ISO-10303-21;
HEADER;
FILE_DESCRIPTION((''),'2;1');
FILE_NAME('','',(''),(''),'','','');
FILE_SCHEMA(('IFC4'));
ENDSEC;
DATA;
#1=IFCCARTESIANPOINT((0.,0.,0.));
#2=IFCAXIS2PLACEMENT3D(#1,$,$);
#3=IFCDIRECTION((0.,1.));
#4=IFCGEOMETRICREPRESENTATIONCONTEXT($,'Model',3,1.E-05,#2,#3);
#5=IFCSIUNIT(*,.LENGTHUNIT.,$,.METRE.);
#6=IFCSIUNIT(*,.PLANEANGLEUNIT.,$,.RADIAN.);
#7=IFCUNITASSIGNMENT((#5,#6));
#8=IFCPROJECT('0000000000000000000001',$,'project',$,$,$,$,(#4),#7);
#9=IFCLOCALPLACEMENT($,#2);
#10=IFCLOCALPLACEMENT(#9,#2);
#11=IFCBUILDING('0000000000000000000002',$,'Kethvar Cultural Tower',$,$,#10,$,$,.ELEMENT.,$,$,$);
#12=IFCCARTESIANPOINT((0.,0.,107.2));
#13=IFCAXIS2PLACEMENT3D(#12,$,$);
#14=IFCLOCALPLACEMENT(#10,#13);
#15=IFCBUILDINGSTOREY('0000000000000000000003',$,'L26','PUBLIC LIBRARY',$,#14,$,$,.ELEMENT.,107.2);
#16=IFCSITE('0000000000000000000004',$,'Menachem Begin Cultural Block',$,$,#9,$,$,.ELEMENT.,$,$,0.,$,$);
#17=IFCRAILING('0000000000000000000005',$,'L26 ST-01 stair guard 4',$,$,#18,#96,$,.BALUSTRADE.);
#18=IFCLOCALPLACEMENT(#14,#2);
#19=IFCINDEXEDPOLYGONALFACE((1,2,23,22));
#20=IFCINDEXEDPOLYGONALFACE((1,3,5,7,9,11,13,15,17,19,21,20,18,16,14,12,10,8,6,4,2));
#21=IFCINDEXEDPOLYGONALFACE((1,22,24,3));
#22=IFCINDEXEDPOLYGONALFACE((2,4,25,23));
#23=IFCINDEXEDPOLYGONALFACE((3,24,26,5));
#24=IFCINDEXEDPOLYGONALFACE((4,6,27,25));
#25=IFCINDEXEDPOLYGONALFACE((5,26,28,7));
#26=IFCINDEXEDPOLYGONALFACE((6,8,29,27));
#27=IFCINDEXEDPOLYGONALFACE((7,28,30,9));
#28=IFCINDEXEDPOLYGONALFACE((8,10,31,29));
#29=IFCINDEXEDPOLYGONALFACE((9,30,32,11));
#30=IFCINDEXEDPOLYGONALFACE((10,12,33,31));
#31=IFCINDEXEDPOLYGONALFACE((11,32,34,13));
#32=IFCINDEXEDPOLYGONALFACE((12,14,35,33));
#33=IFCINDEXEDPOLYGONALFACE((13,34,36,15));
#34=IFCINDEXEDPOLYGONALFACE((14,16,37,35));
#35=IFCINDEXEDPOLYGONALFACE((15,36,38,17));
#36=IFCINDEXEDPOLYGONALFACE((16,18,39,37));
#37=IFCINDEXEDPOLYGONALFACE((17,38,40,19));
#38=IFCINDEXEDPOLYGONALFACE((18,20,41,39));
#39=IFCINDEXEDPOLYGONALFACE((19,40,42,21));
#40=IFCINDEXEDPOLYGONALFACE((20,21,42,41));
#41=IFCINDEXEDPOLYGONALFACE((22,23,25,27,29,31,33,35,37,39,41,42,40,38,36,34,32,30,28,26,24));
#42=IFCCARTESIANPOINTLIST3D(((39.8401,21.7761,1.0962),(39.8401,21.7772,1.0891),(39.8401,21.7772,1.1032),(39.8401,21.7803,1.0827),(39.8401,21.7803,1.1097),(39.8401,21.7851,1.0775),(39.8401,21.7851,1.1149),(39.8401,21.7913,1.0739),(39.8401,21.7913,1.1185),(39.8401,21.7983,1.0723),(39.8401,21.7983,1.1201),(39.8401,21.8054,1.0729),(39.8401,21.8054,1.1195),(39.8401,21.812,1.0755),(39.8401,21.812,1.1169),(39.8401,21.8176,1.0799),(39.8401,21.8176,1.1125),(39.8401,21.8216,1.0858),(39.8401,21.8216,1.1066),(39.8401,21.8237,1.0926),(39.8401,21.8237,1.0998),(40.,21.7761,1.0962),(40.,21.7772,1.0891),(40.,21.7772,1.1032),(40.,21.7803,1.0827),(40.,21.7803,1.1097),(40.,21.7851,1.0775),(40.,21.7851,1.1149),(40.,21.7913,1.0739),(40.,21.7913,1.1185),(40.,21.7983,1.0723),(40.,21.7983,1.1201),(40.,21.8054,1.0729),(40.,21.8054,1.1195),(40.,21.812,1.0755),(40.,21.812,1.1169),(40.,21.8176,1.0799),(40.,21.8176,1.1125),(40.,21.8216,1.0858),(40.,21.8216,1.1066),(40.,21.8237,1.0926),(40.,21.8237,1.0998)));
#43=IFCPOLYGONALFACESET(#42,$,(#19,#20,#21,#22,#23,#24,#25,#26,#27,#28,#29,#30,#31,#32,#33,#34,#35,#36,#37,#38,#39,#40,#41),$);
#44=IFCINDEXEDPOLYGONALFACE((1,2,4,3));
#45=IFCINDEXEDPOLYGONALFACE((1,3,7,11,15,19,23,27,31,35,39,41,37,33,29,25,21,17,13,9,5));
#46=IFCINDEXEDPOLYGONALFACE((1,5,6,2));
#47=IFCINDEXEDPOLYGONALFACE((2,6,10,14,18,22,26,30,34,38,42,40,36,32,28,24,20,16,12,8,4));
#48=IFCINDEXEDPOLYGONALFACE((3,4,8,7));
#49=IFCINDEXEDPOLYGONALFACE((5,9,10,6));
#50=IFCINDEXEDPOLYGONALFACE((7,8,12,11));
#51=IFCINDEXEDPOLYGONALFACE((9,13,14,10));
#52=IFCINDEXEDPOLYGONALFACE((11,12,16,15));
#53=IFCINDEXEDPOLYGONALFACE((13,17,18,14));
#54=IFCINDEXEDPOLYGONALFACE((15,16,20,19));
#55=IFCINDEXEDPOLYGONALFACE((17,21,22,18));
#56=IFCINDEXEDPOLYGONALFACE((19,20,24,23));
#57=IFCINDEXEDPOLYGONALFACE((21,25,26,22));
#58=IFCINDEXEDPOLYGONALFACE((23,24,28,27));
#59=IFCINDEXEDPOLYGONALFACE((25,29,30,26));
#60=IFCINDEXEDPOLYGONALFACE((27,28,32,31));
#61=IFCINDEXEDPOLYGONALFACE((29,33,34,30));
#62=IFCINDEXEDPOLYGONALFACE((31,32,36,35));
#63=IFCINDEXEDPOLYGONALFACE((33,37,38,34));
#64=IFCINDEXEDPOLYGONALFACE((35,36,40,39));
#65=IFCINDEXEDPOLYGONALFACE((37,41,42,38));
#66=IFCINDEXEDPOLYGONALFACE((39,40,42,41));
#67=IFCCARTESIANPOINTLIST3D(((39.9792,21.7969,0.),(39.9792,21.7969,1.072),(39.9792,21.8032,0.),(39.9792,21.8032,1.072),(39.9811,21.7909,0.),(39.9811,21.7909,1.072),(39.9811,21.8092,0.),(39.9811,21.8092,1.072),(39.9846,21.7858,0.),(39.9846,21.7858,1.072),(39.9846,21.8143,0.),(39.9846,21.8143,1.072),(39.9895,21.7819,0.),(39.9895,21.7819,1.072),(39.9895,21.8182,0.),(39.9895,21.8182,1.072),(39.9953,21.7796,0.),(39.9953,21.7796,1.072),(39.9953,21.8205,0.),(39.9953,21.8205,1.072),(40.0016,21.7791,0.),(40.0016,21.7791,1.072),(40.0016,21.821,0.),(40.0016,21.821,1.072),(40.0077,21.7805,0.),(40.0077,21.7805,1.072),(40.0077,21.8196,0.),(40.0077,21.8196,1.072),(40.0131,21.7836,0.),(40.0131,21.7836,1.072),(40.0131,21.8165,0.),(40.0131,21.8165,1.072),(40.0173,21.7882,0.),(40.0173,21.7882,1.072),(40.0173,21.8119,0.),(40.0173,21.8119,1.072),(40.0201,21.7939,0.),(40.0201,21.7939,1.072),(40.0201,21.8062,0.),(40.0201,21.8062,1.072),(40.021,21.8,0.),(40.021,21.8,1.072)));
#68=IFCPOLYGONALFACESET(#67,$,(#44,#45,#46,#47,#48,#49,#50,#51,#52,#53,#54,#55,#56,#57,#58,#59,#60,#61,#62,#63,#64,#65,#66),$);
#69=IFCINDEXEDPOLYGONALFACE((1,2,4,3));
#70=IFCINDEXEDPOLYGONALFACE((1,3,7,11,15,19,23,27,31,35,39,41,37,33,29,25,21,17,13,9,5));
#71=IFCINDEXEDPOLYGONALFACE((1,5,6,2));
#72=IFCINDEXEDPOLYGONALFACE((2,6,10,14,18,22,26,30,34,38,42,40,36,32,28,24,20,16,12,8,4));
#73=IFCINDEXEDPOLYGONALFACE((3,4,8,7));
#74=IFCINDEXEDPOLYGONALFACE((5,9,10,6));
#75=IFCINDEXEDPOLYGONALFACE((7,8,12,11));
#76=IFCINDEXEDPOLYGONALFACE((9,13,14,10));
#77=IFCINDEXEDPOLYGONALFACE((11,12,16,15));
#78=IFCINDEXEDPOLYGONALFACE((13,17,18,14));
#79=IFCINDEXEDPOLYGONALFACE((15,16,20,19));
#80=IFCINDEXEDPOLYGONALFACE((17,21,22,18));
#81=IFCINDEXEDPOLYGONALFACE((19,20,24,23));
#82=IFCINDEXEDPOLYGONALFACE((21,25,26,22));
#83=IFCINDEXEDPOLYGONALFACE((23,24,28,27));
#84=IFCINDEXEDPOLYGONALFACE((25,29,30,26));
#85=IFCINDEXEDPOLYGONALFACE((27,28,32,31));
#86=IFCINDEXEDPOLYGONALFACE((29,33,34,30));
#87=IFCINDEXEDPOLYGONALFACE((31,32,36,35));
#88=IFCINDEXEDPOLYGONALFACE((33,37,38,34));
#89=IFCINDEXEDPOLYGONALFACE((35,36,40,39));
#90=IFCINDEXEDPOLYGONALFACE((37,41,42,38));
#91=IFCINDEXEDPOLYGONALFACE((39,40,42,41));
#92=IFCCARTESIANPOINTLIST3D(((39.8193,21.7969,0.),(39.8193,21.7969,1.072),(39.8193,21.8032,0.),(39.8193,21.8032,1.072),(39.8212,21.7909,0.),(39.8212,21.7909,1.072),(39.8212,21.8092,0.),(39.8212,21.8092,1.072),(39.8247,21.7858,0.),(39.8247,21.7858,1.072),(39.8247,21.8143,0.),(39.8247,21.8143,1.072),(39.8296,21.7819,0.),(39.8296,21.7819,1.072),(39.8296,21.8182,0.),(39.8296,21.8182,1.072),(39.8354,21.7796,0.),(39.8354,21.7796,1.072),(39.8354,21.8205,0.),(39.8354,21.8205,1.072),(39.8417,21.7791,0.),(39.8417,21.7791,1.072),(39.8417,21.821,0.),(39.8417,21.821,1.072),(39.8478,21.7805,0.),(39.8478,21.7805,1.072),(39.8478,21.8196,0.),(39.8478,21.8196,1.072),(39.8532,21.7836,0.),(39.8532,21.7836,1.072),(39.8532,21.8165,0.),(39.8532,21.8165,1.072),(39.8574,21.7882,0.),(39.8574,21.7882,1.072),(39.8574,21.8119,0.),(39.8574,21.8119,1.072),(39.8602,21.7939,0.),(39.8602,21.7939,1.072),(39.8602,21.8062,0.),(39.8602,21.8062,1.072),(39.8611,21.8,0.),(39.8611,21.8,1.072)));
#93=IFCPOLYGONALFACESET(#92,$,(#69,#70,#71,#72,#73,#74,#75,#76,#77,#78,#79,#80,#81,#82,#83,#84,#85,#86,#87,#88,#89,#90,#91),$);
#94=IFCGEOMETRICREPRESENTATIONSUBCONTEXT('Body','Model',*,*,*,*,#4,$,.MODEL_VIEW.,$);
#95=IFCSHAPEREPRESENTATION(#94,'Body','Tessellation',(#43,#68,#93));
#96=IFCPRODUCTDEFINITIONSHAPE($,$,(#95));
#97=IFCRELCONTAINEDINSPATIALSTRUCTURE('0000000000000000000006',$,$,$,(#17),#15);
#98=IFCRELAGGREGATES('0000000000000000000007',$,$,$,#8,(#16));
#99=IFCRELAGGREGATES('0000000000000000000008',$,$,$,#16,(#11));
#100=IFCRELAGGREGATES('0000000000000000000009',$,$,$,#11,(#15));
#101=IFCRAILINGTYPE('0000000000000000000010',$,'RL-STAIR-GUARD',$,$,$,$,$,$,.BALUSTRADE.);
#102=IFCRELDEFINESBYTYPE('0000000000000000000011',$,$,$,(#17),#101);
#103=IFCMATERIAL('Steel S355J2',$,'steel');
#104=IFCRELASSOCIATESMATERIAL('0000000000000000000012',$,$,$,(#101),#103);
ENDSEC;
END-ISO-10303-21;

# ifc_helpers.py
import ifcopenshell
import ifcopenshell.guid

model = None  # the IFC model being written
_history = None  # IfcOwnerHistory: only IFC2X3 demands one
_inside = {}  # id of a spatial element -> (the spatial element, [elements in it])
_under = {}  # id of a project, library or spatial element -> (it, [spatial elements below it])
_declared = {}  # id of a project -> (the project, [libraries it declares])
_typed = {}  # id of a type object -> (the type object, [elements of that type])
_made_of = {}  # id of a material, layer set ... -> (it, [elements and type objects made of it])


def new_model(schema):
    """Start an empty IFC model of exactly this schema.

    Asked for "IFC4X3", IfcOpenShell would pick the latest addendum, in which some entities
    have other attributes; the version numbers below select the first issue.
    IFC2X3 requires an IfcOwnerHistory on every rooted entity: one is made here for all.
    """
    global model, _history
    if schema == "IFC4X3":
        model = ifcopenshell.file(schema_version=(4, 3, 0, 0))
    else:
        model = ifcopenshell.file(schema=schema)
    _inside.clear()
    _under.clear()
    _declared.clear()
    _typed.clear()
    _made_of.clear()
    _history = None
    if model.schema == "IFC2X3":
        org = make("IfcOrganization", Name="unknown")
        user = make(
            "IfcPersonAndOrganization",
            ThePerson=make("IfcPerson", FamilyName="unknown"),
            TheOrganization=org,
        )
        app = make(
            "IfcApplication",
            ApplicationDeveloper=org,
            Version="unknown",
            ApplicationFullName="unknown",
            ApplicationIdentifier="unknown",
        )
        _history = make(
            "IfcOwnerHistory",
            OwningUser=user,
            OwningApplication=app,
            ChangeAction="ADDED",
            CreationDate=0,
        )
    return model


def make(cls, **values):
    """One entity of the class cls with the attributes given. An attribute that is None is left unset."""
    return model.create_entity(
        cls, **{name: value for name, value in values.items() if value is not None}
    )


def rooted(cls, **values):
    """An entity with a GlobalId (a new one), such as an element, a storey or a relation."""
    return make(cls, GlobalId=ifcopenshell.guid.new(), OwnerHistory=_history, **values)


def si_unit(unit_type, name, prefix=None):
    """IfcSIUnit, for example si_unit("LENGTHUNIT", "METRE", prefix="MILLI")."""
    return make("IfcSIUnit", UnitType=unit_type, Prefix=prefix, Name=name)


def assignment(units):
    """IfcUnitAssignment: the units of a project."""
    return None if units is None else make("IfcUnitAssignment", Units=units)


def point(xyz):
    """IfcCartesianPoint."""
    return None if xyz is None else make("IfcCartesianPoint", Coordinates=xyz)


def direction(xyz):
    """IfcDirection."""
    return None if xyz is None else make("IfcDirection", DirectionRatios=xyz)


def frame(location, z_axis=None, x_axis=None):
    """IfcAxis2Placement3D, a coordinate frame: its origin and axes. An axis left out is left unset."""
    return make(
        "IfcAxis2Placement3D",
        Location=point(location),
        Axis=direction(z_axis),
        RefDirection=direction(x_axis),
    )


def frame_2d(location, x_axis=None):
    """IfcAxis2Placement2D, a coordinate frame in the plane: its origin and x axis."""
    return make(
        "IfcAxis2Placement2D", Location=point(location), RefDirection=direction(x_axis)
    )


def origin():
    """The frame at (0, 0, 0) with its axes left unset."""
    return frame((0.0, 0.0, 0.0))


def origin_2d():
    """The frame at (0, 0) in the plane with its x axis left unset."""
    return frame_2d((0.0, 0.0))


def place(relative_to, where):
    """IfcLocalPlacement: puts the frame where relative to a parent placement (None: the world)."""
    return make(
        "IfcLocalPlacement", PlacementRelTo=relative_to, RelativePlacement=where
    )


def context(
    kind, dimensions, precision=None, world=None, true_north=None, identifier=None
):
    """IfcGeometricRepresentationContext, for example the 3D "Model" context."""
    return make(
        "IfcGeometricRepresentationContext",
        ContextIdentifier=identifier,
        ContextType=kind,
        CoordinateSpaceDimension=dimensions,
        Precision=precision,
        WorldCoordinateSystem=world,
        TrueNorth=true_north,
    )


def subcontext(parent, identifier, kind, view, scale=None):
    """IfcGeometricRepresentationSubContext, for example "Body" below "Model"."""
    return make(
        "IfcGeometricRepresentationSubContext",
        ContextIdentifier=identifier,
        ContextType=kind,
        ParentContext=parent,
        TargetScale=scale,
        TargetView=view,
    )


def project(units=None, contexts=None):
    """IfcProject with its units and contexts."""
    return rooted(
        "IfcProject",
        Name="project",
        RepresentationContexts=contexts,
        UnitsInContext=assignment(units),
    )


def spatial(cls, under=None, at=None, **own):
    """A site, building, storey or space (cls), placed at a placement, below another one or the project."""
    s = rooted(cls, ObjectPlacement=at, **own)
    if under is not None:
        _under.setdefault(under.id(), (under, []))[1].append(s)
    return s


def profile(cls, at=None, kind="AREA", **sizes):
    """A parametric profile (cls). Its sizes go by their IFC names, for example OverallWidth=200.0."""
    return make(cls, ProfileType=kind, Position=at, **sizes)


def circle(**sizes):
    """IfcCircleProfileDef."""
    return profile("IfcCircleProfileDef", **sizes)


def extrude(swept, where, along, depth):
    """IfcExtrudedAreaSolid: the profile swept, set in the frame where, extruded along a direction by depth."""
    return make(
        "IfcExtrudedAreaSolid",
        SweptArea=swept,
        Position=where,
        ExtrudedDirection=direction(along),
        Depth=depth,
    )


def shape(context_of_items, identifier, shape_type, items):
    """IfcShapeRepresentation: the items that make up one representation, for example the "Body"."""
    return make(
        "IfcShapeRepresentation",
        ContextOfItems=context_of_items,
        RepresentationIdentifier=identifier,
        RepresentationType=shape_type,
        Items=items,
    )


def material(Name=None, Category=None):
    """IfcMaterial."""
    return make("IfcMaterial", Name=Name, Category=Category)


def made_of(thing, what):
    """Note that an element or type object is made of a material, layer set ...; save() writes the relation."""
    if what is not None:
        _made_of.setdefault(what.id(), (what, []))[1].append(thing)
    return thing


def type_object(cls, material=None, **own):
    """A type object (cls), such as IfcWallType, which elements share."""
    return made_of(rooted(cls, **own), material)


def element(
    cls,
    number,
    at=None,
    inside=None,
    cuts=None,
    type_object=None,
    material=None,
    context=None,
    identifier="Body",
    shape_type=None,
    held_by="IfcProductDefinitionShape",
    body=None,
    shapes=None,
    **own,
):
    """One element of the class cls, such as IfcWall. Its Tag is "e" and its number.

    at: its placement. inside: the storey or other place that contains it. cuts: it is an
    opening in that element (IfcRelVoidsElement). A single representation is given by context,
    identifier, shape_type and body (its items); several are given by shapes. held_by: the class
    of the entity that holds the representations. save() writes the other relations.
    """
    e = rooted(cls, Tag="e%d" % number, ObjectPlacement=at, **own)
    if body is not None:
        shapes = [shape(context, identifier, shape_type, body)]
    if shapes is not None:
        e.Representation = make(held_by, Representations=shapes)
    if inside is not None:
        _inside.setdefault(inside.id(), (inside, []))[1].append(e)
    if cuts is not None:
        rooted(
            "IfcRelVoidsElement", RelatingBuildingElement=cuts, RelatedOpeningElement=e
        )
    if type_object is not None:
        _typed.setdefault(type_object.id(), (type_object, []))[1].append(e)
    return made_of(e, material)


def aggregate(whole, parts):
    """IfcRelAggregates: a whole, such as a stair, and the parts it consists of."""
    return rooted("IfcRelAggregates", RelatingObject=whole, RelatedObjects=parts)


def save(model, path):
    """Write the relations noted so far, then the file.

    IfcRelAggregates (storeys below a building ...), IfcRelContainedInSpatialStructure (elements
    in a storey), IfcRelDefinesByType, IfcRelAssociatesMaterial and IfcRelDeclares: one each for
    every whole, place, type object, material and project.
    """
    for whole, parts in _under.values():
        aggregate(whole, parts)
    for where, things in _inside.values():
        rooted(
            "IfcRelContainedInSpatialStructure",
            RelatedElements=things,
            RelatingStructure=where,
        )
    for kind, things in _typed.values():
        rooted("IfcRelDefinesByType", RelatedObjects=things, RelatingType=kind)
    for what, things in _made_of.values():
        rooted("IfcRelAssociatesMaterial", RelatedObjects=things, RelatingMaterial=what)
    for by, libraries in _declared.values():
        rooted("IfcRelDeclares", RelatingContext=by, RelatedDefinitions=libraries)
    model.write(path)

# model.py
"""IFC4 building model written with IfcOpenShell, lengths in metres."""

from ifc_helpers import new_model, si_unit, direction, frame, origin, origin_2d, place, context, subcontext, project, spatial, circle, extrude, material, type_object, element, save


model = new_model("IFC4")

# Units and contexts
model_context = context("Model", 3, precision=1e-05, world=origin(), true_north=direction((0.0, 1.0)))
body_context = subcontext(model_context, "Body", "Model", "MODEL_VIEW")
ifc_project = project(units=[si_unit("LENGTHUNIT", "METRE"), si_unit("PLANEANGLEUNIT", "RADIAN")], contexts=[model_context])

# Site, building, storey
site_placement = place(None, origin())
site = spatial("IfcSite", under=ifc_project, at=site_placement, Name="Menachem Begin Cultural Block", CompositionType="ELEMENT", RefElevation=0.0)
building_placement = place(site_placement, origin())
building = spatial("IfcBuilding", under=site, at=building_placement, Name="Kethvar Cultural Tower", CompositionType="ELEMENT")
storey_placement = place(building_placement, frame((0.0, 0.0, 107.2)))
storey = spatial("IfcBuildingStorey", under=building, at=storey_placement, Name="L26", Description="PUBLIC LIBRARY", CompositionType="ELEMENT", Elevation=107.2)

# Shared definitions
ifc_material_1 = material(Name="Steel S355J2", Category="steel")

# Railing
railing_type_1 = type_object("IfcRailingType", Name="RL-STAIR-GUARD", PredefinedType="BALUSTRADE", material=ifc_material_1)
railing_1_placement = place(storey_placement, frame((40.0, 21.8, 0.0)))
element("IfcRailing", 1, at=railing_1_placement, inside=storey, type_object=railing_type_1, Name="L26 ST-01 stair guard 4", PredefinedType="BALUSTRADE", context=body_context, shape_type="SweptSolid", body=[
    extrude(circle(Radius=0.0239, at=origin_2d()), frame((0.0, 0.0, 1.0962), z_axis=(-1.0, 0.0, 0.0), x_axis=(0.0, -1.0, 0.0)), (0.0, 0.0, 1.0), 0.1599),
    extrude(circle(Radius=0.021, at=origin_2d()), origin(), (0.0, 0.0, 1.0), 1.072),
    extrude(circle(Radius=0.021, at=origin_2d()), frame((-0.1599, 0.0, 0.0)), (0.0, 0.0, 1.0), 1.072),
])

save(model, "model.ifc")
